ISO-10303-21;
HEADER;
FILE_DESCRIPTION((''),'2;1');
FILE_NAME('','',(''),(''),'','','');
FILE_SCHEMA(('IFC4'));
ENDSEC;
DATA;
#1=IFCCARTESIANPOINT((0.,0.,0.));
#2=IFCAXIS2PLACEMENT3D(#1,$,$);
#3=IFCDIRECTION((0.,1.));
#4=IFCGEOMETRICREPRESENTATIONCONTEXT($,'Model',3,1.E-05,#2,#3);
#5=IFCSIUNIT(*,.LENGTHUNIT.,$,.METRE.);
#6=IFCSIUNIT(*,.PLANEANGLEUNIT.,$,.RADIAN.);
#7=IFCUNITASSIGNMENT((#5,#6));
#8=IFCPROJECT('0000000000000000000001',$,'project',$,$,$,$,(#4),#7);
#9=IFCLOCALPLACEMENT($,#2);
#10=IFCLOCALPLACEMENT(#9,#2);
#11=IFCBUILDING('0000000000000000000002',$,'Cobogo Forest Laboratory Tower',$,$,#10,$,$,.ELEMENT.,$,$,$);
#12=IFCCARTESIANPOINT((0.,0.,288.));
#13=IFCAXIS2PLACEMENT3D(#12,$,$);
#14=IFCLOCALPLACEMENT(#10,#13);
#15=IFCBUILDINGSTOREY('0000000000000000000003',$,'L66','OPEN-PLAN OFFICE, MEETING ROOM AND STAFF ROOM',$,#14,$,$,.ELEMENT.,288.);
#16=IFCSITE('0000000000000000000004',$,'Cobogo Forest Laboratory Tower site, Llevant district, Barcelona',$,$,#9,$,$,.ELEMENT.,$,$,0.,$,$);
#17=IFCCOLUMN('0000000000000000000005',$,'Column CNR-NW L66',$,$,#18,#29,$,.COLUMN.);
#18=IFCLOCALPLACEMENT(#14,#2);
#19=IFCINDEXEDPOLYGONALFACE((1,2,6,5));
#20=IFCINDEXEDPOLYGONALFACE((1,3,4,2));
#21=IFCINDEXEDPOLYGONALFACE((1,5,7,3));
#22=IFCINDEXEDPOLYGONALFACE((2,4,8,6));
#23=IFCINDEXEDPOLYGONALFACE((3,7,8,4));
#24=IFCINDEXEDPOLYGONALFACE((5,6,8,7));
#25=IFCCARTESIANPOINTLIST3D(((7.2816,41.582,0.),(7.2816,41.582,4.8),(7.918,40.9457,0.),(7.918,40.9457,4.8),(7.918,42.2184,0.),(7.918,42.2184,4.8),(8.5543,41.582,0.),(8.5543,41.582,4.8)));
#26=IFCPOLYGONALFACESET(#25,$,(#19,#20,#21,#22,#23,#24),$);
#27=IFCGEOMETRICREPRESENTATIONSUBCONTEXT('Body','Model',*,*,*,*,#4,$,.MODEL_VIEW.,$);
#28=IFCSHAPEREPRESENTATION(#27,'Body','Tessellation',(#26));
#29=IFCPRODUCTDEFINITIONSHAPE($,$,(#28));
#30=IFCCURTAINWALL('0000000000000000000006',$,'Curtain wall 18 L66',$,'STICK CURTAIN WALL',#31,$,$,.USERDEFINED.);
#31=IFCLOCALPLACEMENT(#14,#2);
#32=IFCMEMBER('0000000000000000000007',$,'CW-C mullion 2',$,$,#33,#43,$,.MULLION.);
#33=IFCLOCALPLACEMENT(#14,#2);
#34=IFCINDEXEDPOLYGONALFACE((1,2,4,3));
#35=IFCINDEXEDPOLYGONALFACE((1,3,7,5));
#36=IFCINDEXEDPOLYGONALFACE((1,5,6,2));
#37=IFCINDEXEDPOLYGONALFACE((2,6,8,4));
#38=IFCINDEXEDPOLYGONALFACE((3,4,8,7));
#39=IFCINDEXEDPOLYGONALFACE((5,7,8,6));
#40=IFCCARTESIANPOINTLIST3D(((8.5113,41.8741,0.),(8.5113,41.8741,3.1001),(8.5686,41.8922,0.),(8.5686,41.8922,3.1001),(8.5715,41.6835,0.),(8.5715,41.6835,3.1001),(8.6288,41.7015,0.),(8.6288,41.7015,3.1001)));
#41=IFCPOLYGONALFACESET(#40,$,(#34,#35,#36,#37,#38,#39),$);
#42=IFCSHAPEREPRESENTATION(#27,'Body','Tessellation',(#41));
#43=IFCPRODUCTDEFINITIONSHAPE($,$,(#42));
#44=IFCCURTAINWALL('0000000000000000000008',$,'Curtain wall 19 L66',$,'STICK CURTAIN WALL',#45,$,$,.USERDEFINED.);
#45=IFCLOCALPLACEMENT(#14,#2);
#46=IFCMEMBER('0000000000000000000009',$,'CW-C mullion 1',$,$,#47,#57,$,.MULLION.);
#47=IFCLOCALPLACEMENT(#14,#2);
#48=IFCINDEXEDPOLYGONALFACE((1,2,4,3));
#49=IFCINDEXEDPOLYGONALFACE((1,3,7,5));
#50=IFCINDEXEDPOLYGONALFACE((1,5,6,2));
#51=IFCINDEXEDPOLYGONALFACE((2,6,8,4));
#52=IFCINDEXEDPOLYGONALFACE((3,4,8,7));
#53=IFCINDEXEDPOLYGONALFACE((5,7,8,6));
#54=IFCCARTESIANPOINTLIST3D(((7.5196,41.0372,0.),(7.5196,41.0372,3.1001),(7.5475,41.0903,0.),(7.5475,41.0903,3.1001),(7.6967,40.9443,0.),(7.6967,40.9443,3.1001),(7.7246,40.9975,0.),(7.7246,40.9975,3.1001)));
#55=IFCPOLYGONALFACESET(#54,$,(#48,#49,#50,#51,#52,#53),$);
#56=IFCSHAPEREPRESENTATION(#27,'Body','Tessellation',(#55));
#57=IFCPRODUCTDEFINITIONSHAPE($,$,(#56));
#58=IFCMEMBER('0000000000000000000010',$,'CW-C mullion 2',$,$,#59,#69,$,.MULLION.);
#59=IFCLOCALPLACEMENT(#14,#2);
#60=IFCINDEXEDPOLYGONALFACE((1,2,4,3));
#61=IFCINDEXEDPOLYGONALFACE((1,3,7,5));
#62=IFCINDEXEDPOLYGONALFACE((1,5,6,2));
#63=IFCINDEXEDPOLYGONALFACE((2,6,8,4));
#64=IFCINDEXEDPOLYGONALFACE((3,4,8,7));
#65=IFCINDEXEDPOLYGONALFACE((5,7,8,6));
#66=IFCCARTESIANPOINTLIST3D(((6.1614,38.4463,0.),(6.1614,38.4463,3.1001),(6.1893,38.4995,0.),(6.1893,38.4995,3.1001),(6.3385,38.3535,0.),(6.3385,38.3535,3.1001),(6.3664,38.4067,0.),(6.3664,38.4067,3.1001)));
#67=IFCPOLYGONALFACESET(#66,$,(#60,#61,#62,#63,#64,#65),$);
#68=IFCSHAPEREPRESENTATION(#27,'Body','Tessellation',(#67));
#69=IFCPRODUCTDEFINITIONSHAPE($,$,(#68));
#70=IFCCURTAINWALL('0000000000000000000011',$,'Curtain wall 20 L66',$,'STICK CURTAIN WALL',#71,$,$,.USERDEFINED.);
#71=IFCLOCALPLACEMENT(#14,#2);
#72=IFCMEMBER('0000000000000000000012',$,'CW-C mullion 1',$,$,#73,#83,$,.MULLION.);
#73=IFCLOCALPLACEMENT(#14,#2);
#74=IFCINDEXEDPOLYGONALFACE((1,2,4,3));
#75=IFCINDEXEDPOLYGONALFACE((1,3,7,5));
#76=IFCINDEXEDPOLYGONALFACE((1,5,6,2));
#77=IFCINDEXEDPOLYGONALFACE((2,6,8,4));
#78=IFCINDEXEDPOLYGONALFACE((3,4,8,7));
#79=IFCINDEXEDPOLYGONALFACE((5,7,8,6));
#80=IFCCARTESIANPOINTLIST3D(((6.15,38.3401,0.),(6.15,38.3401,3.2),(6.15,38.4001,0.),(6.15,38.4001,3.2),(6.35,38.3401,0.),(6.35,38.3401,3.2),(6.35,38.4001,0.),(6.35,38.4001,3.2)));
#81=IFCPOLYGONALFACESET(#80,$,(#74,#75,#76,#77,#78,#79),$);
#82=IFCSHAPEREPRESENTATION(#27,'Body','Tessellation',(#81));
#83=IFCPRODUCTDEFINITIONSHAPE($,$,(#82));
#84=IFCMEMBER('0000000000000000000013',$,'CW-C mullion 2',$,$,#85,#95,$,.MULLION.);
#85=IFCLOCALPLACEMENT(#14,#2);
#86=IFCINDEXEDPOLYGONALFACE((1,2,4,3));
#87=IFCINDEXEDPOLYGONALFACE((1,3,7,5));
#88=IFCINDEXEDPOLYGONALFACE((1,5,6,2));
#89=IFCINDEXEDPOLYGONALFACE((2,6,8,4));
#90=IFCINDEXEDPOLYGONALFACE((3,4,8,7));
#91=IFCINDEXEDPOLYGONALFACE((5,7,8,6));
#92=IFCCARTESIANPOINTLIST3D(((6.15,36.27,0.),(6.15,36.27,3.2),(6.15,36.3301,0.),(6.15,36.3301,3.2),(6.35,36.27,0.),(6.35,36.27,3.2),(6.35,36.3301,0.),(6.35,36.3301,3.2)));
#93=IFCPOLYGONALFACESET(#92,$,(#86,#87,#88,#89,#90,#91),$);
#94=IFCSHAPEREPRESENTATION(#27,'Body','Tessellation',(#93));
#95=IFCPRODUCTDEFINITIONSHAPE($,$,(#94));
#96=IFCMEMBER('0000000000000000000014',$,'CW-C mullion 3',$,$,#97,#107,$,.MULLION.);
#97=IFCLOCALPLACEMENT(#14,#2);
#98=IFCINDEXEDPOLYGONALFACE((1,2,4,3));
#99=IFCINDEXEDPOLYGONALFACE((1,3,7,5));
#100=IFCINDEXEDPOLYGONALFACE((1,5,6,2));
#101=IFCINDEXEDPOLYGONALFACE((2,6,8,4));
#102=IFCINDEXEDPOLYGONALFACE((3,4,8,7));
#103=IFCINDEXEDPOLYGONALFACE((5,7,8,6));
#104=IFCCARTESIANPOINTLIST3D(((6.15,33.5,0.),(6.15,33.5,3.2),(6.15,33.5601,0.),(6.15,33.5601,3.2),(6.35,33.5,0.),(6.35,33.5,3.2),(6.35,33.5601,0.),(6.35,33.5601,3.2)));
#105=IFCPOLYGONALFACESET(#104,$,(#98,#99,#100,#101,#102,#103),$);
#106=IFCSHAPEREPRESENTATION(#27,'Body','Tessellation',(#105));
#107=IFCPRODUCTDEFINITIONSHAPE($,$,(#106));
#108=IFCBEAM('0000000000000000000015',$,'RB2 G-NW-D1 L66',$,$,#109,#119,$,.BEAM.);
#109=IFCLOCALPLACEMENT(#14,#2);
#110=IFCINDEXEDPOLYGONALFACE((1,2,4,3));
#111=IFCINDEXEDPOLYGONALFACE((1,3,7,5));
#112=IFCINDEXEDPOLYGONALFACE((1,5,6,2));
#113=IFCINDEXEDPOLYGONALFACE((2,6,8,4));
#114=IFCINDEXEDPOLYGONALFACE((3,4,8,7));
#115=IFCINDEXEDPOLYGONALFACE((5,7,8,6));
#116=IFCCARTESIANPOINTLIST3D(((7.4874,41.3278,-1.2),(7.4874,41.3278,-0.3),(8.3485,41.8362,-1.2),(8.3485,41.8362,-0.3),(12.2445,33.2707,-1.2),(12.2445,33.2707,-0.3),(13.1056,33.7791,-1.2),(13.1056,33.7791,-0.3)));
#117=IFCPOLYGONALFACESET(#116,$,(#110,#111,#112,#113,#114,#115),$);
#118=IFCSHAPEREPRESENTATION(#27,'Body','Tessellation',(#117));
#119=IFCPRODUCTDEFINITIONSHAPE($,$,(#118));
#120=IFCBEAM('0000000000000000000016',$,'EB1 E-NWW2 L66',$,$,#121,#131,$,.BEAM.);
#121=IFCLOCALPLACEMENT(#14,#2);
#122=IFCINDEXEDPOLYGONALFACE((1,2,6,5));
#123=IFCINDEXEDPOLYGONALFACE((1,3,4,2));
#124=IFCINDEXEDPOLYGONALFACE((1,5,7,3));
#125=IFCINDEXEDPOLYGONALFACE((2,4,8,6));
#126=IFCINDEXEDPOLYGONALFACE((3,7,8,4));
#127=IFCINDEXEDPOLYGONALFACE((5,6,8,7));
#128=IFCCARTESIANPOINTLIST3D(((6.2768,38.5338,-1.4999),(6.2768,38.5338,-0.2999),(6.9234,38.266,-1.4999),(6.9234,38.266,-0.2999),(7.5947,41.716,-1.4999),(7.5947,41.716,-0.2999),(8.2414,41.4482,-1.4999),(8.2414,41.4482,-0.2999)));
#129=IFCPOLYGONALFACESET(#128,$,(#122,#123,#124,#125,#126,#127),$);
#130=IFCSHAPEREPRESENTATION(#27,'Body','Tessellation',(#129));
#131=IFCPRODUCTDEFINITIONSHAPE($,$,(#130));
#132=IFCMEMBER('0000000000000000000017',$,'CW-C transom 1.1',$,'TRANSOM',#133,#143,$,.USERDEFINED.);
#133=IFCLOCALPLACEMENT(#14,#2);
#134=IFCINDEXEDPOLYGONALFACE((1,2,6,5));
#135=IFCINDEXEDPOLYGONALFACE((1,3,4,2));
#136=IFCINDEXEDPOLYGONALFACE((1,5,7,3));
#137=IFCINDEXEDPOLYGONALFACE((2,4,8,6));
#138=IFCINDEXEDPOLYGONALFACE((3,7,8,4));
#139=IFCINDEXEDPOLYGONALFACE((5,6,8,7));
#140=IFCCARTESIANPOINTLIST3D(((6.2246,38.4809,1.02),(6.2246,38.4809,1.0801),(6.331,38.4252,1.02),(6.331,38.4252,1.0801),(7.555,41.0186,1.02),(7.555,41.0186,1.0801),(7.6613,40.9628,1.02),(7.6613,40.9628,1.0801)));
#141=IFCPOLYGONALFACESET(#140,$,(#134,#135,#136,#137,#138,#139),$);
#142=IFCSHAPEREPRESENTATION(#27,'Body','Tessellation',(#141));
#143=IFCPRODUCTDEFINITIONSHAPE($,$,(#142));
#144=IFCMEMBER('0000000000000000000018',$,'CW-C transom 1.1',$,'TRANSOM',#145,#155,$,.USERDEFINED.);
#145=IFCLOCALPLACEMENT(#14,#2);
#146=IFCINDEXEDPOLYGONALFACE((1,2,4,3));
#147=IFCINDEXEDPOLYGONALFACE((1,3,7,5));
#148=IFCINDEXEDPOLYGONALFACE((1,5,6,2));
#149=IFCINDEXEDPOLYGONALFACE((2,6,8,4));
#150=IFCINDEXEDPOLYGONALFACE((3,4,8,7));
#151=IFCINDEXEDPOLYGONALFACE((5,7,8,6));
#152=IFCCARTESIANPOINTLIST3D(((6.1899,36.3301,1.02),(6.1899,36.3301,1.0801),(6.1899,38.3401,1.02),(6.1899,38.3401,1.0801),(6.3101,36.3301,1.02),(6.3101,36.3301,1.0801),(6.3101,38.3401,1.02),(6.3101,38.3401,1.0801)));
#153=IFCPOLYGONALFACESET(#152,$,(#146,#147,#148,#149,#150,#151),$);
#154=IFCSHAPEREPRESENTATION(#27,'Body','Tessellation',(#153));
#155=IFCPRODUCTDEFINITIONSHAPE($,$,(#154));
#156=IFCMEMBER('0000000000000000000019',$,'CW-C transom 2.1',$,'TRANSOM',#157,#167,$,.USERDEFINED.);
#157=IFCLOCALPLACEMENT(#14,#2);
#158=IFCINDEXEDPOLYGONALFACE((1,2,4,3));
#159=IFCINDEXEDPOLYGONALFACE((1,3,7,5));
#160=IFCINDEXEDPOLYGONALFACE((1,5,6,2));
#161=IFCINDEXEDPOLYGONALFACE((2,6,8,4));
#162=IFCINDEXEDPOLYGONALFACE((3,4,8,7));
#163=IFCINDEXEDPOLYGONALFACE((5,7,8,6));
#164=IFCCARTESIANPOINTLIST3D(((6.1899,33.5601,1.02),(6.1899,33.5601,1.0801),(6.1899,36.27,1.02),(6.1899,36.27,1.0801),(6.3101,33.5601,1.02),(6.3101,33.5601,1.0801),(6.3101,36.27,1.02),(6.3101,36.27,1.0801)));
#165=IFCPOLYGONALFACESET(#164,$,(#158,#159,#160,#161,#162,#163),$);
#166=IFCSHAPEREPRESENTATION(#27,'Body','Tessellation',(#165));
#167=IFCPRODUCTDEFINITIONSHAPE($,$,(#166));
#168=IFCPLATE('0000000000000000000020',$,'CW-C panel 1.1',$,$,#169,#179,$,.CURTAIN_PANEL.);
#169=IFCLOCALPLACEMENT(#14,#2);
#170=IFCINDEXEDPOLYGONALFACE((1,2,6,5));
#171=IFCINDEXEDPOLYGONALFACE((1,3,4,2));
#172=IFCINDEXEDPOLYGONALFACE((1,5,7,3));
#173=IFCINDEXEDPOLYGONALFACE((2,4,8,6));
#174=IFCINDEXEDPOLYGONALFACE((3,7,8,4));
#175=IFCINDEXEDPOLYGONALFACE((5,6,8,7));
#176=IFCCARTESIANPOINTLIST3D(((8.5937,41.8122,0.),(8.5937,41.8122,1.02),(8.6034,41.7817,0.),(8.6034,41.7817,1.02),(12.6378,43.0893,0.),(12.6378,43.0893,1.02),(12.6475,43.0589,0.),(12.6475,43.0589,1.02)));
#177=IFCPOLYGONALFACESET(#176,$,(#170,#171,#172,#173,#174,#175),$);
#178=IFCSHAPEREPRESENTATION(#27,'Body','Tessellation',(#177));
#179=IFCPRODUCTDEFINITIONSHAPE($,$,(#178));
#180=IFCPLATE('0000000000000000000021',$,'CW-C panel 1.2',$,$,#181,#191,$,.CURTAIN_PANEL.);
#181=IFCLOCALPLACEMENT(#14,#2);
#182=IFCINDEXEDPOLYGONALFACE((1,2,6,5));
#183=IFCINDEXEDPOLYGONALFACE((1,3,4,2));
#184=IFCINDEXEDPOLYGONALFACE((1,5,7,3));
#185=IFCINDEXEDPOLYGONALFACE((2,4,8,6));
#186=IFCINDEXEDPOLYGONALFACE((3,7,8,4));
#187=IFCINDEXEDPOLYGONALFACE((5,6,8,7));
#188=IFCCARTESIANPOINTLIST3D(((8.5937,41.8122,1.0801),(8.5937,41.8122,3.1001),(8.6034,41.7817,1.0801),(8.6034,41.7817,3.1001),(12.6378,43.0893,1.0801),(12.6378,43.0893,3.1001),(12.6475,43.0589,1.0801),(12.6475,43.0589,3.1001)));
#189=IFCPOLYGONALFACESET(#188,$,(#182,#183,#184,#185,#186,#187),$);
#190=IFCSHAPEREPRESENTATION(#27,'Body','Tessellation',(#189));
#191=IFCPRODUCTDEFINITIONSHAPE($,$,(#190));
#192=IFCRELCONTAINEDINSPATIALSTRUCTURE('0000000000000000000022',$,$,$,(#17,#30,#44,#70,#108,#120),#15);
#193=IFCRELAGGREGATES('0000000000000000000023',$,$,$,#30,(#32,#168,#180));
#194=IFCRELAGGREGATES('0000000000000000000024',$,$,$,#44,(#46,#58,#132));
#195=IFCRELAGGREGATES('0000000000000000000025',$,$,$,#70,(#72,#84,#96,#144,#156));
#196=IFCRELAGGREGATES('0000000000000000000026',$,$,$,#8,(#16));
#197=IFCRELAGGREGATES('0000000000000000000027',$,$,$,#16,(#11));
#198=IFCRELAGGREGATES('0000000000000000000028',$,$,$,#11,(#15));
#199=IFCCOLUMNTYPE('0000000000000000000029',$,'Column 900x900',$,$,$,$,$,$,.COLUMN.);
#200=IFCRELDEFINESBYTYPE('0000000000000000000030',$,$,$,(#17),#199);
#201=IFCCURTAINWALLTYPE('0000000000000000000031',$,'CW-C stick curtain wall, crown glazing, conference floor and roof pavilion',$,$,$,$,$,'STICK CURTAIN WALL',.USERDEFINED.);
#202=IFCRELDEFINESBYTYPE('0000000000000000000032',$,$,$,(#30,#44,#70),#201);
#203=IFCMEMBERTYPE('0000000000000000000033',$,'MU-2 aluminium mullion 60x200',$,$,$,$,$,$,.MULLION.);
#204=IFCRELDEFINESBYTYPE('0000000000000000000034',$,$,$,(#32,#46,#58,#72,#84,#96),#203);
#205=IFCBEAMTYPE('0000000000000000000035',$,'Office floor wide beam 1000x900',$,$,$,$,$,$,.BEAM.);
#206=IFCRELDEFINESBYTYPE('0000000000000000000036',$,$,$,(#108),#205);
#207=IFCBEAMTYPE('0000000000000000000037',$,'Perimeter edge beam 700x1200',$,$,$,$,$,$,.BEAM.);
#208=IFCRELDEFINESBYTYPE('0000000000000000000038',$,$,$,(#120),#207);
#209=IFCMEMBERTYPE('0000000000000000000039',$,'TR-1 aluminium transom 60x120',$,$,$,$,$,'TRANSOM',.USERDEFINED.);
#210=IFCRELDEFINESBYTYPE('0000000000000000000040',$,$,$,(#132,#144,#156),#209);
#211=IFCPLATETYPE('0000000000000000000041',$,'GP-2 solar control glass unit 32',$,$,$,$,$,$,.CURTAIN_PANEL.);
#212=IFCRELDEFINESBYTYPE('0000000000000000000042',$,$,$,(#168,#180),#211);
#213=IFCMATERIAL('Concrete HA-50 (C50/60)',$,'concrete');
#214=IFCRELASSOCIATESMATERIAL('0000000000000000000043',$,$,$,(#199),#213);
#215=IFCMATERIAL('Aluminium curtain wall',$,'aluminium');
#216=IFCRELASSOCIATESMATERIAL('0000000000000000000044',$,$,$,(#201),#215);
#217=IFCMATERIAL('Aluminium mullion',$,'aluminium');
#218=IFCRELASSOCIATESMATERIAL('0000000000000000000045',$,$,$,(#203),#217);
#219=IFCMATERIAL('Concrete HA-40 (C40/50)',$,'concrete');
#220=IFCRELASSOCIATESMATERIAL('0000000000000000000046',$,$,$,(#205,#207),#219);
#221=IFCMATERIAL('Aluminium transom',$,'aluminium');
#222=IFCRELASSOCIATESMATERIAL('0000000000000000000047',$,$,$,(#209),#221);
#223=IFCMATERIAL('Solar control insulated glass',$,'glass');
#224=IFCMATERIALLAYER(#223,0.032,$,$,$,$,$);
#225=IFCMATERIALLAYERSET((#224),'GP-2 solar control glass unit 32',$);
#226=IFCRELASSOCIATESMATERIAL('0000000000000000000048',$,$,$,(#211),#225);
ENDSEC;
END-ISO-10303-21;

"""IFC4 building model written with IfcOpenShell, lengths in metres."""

from ifc_helpers import new_model, si_unit, direction, frame, origin, origin_2d, place, context, subcontext, project, spatial, rectangle, extrude, material, layer, layer_set, material_profile, profile_set, type_object, element, aggregate, save


model = new_model("IFC4")

# Units and contexts
model_context = context("Model", 3, precision=1e-05, world=origin(), true_north=direction((0.0, 1.0)))
body_context = subcontext(model_context, "Body", "Model", "MODEL_VIEW")
ifc_project = project(units=[si_unit("LENGTHUNIT", "METRE"), si_unit("PLANEANGLEUNIT", "RADIAN")], contexts=[model_context])

# Site, building, storey
site_placement = place(None, origin())
site = spatial("IfcSite", under=ifc_project, at=site_placement, Name="Cobogo Forest Laboratory Tower site, Llevant district, Barcelona", CompositionType="ELEMENT", RefElevation=0.0)
building_placement = place(site_placement, origin())
building = spatial("IfcBuilding", under=site, at=building_placement, Name="Cobogo Forest Laboratory Tower", CompositionType="ELEMENT")
storey_placement = place(building_placement, frame((0.0, 0.0, 288.0)))
storey = spatial("IfcBuildingStorey", under=building, at=storey_placement, Name="L66", Description="OPEN-PLAN OFFICE, MEETING ROOM AND STAFF ROOM", CompositionType="ELEMENT", Elevation=288.0)

# Column
ifc_material_1 = material(Name="Concrete HA-50 (C50/60)", Category="concrete")
ifc_material_profile_1 = material_profile(ifc_material_1, rectangle(XDim=0.8999, YDim=0.8999, at=origin_2d()), Name="RC 900x900")
ifc_profile_set_1 = profile_set([ifc_material_profile_1], Name="Concrete HA-50 (C50/60)")
column_type = type_object("IfcColumnType", Name="Column 900x900", PredefinedType="COLUMN", material=ifc_profile_set_1)
column_placement = place(storey_placement, frame((7.918, 41.582, 0.0), z_axis=(0.0, 0.0, 1.0), x_axis=(0.707107, 0.707107, 0.0)))
element("IfcColumn", 1, at=column_placement, inside=storey, type_object=column_type, Name="Column CNR-NW L66", PredefinedType="COLUMN", context=body_context, shape_type="SweptSolid", body=[
    extrude(rectangle(XDim=0.8999, YDim=0.8999, at=origin_2d()), origin(), (0.0, 0.0, 1.0), 4.8),
])

# Curtain wall, member
ifc_material_2 = material(Name="Aluminium curtain wall", Category="aluminium")
curtain_wall_type = type_object("IfcCurtainWallType", Name="CW-C stick curtain wall, crown glazing, conference floor and roof pavilion", ElementType="STICK CURTAIN WALL", PredefinedType="USERDEFINED", material=ifc_material_2)
curtain_wall_1_placement = place(storey_placement, origin())
curtain_wall_1 = element("IfcCurtainWall", 2, at=curtain_wall_1_placement, inside=storey, type_object=curtain_wall_type, Name="Curtain wall 18 L66", ObjectType="STICK CURTAIN WALL", PredefinedType="USERDEFINED")
ifc_material_3 = material(Name="Aluminium mullion", Category="aluminium")
ifc_material_profile_2 = material_profile(ifc_material_3, rectangle(XDim=0.0601, YDim=0.2, at=origin_2d()), Name="AL 60x200")
ifc_profile_set_2 = profile_set([ifc_material_profile_2], Name="Aluminium mullion")
member_type_1 = type_object("IfcMemberType", Name="MU-2 aluminium mullion 60x200", PredefinedType="MULLION", material=ifc_profile_set_2)
member_1_placement = place(storey_placement, frame((8.5701, 41.7878, 0.0), z_axis=(0.0, 0.0, 1.0), x_axis=(-0.953581, -0.301135, 0.0)))
member_1 = element("IfcMember", 3, at=member_1_placement, type_object=member_type_1, Name="CW-C mullion 2", PredefinedType="MULLION", context=body_context, shape_type="SweptSolid", body=[
    extrude(rectangle(XDim=0.0601, YDim=0.2, at=origin_2d()), origin(), (0.0, 0.0, 1.0), 3.1001),
])

# Curtain walls, members
curtain_wall_2_placement = place(storey_placement, origin())
curtain_wall_2 = element("IfcCurtainWall", 4, at=curtain_wall_2_placement, inside=storey, type_object=curtain_wall_type, Name="Curtain wall 19 L66", ObjectType="STICK CURTAIN WALL", PredefinedType="USERDEFINED")
member_2_placement = place(storey_placement, frame((7.6221, 41.0173, 0.0), z_axis=(0.0, 0.0, 1.0), x_axis=(-0.464284, -0.885686, 0.0)))
member_2 = element("IfcMember", 5, at=member_2_placement, type_object=member_type_1, Name="CW-C mullion 1", PredefinedType="MULLION", context=body_context, shape_type="SweptSolid", body=[
    extrude(rectangle(XDim=0.0601, YDim=0.2, at=origin_2d()), origin(), (0.0, 0.0, 1.0), 3.1001),
])
member_3_placement = place(storey_placement, frame((6.2639, 38.4265, 0.0), z_axis=(0.0, 0.0, 1.0), x_axis=(-0.464284, -0.885686, 0.0)))
member_3 = element("IfcMember", 6, at=member_3_placement, type_object=member_type_1, Name="CW-C mullion 2", PredefinedType="MULLION", context=body_context, shape_type="SweptSolid", body=[
    extrude(rectangle(XDim=0.0601, YDim=0.2, at=origin_2d()), origin(), (0.0, 0.0, 1.0), 3.1001),
])
curtain_wall_3_placement = place(storey_placement, origin())
curtain_wall_3 = element("IfcCurtainWall", 7, at=curtain_wall_3_placement, inside=storey, type_object=curtain_wall_type, Name="Curtain wall 20 L66", ObjectType="STICK CURTAIN WALL", PredefinedType="USERDEFINED")
member_4_placement = place(storey_placement, frame((6.25, 38.3701, 0.0), z_axis=(0.0, 0.0, 1.0), x_axis=(0.0, -1.0, 0.0)))
member_4 = element("IfcMember", 8, at=member_4_placement, type_object=member_type_1, Name="CW-C mullion 1", PredefinedType="MULLION", context=body_context, shape_type="SweptSolid", body=[
    extrude(rectangle(XDim=0.0601, YDim=0.2, at=origin_2d()), origin(), (0.0, 0.0, 1.0), 3.2),
])
member_5_placement = place(storey_placement, frame((6.25, 36.3, 0.0), z_axis=(0.0, 0.0, 1.0), x_axis=(0.0, -1.0, 0.0)))
member_5 = element("IfcMember", 9, at=member_5_placement, type_object=member_type_1, Name="CW-C mullion 2", PredefinedType="MULLION", context=body_context, shape_type="SweptSolid", body=[
    extrude(rectangle(XDim=0.0601, YDim=0.2, at=origin_2d()), origin(), (0.0, 0.0, 1.0), 3.2),
])
member_6_placement = place(storey_placement, frame((6.25, 33.53, 0.0), z_axis=(0.0, 0.0, 1.0), x_axis=(0.0, -1.0, 0.0)))
member_6 = element("IfcMember", 10, at=member_6_placement, type_object=member_type_1, Name="CW-C mullion 3", PredefinedType="MULLION", context=body_context, shape_type="SweptSolid", body=[
    extrude(rectangle(XDim=0.0601, YDim=0.2, at=origin_2d()), origin(), (0.0, 0.0, 1.0), 3.2),
])

# Beams
ifc_material_4 = material(Name="Concrete HA-40 (C40/50)", Category="concrete")
ifc_material_profile_3 = material_profile(ifc_material_4, rectangle(XDim=1.0, YDim=0.8999, at=origin_2d()), Name="RC 1000x900")
ifc_profile_set_3 = profile_set([ifc_material_profile_3], Name="Concrete HA-40 (C40/50)")
beam_type_1 = type_object("IfcBeamType", Name="Office floor wide beam 1000x900", PredefinedType="BEAM", material=ifc_profile_set_3)
beam_1_placement = place(storey_placement, frame((7.918, 41.582, -0.75), z_axis=(0.508416, -0.861111, 0.0), x_axis=(0.861111, 0.508416, 0.0)))
element("IfcBeam", 11, at=beam_1_placement, inside=storey, type_object=beam_type_1, Name="RB2 G-NW-D1 L66", PredefinedType="BEAM", context=body_context, shape_type="SweptSolid", body=[
    extrude(rectangle(XDim=1.0, YDim=0.8999, at=origin_2d()), origin(), (0.0, 0.0, 1.0), 9.3567),
])
ifc_material_profile_4 = material_profile(ifc_material_4, rectangle(XDim=0.7, YDim=1.2, at=origin_2d()), Name="RC 700x1200")
ifc_profile_set_4 = profile_set([ifc_material_profile_4], Name="Concrete HA-40 (C40/50)")
beam_type_2 = type_object("IfcBeamType", Name="Perimeter edge beam 700x1200", PredefinedType="BEAM", material=ifc_profile_set_4)
beam_2_placement = place(storey_placement, frame((6.6001, 38.3999, -0.8999), z_axis=(0.382631, 0.923901, 0.0), x_axis=(-0.923901, 0.382631, 0.0)))
element("IfcBeam", 12, at=beam_2_placement, inside=storey, type_object=beam_type_2, Name="EB1 E-NWW2 L66", PredefinedType="BEAM", context=body_context, shape_type="SweptSolid", body=[
    extrude(rectangle(XDim=0.7, YDim=1.2, at=origin_2d()), origin(), (0.0, 0.0, 1.0), 3.4443),
])

# Members
ifc_material_5 = material(Name="Aluminium transom", Category="aluminium")
ifc_material_profile_5 = material_profile(ifc_material_5, rectangle(XDim=0.1201, YDim=0.0601, at=origin_2d()), Name="AL 60x120")
ifc_profile_set_5 = profile_set([ifc_material_profile_5], Name="Aluminium transom")
member_type_2 = type_object("IfcMemberType", Name="TR-1 aluminium transom 60x120", ElementType="TRANSOM", PredefinedType="USERDEFINED", material=ifc_profile_set_5)
member_7_placement = place(storey_placement, frame((7.6082, 40.9907, 1.05), z_axis=(-0.464309, -0.885673, 0.0), x_axis=(0.885673, -0.464309, 0.0)))
member_7 = element("IfcMember", 13, at=member_7_placement, type_object=member_type_2, Name="CW-C transom 1.1", ObjectType="TRANSOM", PredefinedType="USERDEFINED", context=body_context, shape_type="SweptSolid", body=[
    extrude(rectangle(XDim=0.1201, YDim=0.0601, at=origin_2d()), origin(), (0.0, 0.0, 1.0), 2.8652),
])
member_8_placement = place(storey_placement, frame((6.25, 38.3401, 1.05), z_axis=(0.0, -1.0, 0.0), x_axis=(1.0, 0.0, 0.0)))
member_8 = element("IfcMember", 14, at=member_8_placement, type_object=member_type_2, Name="CW-C transom 1.1", ObjectType="TRANSOM", PredefinedType="USERDEFINED", context=body_context, shape_type="SweptSolid", body=[
    extrude(rectangle(XDim=0.1201, YDim=0.0601, at=origin_2d()), origin(), (0.0, 0.0, 1.0), 2.01),
])
member_9_placement = place(storey_placement, frame((6.25, 36.27, 1.05), z_axis=(0.0, -1.0, 0.0), x_axis=(1.0, 0.0, 0.0)))
member_9 = element("IfcMember", 15, at=member_9_placement, type_object=member_type_2, Name="CW-C transom 2.1", ObjectType="TRANSOM", PredefinedType="USERDEFINED", context=body_context, shape_type="SweptSolid", body=[
    extrude(rectangle(XDim=0.1201, YDim=0.0601, at=origin_2d()), origin(), (0.0, 0.0, 1.0), 2.71),
])

# Plates
ifc_material_6 = material(Name="Solar control insulated glass", Category="glass")
ifc_layer_1 = layer(ifc_material_6, 0.032)
ifc_layer_set_1 = layer_set([ifc_layer_1], Name="GP-2 solar control glass unit 32")
plate_type = type_object("IfcPlateType", Name="GP-2 solar control glass unit 32", PredefinedType="CURTAIN_PANEL", material=ifc_layer_set_1)
plate_1_placement = place(storey_placement, frame((10.6206, 42.4355, 0.0), z_axis=(0.0, 0.0, 1.0), x_axis=(-0.953581, -0.301135, 0.0)))
plate_1 = element("IfcPlate", 16, at=plate_1_placement, type_object=plate_type, Name="CW-C panel 1.1", PredefinedType="CURTAIN_PANEL", context=body_context, shape_type="SweptSolid", body=[
    extrude(rectangle(XDim=4.241, YDim=0.032, at=origin_2d()), origin(), (0.0, 0.0, 1.0), 1.02),
])
plate_2_placement = place(storey_placement, frame((10.6206, 42.4355, 1.0801), z_axis=(0.0, 0.0, 1.0), x_axis=(-0.953581, -0.301135, 0.0)))
plate_2 = element("IfcPlate", 17, at=plate_2_placement, type_object=plate_type, Name="CW-C panel 1.2", PredefinedType="CURTAIN_PANEL", context=body_context, shape_type="SweptSolid", body=[
    extrude(rectangle(XDim=4.241, YDim=0.032, at=origin_2d()), origin(), (0.0, 0.0, 1.0), 2.02),
])
aggregate(curtain_wall_1, [member_1, plate_1, plate_2])
aggregate(curtain_wall_2, [member_2, member_3, member_7])
aggregate(curtain_wall_3, [member_4, member_5, member_6, member_8, member_9])

save(model, "model.ifc")
